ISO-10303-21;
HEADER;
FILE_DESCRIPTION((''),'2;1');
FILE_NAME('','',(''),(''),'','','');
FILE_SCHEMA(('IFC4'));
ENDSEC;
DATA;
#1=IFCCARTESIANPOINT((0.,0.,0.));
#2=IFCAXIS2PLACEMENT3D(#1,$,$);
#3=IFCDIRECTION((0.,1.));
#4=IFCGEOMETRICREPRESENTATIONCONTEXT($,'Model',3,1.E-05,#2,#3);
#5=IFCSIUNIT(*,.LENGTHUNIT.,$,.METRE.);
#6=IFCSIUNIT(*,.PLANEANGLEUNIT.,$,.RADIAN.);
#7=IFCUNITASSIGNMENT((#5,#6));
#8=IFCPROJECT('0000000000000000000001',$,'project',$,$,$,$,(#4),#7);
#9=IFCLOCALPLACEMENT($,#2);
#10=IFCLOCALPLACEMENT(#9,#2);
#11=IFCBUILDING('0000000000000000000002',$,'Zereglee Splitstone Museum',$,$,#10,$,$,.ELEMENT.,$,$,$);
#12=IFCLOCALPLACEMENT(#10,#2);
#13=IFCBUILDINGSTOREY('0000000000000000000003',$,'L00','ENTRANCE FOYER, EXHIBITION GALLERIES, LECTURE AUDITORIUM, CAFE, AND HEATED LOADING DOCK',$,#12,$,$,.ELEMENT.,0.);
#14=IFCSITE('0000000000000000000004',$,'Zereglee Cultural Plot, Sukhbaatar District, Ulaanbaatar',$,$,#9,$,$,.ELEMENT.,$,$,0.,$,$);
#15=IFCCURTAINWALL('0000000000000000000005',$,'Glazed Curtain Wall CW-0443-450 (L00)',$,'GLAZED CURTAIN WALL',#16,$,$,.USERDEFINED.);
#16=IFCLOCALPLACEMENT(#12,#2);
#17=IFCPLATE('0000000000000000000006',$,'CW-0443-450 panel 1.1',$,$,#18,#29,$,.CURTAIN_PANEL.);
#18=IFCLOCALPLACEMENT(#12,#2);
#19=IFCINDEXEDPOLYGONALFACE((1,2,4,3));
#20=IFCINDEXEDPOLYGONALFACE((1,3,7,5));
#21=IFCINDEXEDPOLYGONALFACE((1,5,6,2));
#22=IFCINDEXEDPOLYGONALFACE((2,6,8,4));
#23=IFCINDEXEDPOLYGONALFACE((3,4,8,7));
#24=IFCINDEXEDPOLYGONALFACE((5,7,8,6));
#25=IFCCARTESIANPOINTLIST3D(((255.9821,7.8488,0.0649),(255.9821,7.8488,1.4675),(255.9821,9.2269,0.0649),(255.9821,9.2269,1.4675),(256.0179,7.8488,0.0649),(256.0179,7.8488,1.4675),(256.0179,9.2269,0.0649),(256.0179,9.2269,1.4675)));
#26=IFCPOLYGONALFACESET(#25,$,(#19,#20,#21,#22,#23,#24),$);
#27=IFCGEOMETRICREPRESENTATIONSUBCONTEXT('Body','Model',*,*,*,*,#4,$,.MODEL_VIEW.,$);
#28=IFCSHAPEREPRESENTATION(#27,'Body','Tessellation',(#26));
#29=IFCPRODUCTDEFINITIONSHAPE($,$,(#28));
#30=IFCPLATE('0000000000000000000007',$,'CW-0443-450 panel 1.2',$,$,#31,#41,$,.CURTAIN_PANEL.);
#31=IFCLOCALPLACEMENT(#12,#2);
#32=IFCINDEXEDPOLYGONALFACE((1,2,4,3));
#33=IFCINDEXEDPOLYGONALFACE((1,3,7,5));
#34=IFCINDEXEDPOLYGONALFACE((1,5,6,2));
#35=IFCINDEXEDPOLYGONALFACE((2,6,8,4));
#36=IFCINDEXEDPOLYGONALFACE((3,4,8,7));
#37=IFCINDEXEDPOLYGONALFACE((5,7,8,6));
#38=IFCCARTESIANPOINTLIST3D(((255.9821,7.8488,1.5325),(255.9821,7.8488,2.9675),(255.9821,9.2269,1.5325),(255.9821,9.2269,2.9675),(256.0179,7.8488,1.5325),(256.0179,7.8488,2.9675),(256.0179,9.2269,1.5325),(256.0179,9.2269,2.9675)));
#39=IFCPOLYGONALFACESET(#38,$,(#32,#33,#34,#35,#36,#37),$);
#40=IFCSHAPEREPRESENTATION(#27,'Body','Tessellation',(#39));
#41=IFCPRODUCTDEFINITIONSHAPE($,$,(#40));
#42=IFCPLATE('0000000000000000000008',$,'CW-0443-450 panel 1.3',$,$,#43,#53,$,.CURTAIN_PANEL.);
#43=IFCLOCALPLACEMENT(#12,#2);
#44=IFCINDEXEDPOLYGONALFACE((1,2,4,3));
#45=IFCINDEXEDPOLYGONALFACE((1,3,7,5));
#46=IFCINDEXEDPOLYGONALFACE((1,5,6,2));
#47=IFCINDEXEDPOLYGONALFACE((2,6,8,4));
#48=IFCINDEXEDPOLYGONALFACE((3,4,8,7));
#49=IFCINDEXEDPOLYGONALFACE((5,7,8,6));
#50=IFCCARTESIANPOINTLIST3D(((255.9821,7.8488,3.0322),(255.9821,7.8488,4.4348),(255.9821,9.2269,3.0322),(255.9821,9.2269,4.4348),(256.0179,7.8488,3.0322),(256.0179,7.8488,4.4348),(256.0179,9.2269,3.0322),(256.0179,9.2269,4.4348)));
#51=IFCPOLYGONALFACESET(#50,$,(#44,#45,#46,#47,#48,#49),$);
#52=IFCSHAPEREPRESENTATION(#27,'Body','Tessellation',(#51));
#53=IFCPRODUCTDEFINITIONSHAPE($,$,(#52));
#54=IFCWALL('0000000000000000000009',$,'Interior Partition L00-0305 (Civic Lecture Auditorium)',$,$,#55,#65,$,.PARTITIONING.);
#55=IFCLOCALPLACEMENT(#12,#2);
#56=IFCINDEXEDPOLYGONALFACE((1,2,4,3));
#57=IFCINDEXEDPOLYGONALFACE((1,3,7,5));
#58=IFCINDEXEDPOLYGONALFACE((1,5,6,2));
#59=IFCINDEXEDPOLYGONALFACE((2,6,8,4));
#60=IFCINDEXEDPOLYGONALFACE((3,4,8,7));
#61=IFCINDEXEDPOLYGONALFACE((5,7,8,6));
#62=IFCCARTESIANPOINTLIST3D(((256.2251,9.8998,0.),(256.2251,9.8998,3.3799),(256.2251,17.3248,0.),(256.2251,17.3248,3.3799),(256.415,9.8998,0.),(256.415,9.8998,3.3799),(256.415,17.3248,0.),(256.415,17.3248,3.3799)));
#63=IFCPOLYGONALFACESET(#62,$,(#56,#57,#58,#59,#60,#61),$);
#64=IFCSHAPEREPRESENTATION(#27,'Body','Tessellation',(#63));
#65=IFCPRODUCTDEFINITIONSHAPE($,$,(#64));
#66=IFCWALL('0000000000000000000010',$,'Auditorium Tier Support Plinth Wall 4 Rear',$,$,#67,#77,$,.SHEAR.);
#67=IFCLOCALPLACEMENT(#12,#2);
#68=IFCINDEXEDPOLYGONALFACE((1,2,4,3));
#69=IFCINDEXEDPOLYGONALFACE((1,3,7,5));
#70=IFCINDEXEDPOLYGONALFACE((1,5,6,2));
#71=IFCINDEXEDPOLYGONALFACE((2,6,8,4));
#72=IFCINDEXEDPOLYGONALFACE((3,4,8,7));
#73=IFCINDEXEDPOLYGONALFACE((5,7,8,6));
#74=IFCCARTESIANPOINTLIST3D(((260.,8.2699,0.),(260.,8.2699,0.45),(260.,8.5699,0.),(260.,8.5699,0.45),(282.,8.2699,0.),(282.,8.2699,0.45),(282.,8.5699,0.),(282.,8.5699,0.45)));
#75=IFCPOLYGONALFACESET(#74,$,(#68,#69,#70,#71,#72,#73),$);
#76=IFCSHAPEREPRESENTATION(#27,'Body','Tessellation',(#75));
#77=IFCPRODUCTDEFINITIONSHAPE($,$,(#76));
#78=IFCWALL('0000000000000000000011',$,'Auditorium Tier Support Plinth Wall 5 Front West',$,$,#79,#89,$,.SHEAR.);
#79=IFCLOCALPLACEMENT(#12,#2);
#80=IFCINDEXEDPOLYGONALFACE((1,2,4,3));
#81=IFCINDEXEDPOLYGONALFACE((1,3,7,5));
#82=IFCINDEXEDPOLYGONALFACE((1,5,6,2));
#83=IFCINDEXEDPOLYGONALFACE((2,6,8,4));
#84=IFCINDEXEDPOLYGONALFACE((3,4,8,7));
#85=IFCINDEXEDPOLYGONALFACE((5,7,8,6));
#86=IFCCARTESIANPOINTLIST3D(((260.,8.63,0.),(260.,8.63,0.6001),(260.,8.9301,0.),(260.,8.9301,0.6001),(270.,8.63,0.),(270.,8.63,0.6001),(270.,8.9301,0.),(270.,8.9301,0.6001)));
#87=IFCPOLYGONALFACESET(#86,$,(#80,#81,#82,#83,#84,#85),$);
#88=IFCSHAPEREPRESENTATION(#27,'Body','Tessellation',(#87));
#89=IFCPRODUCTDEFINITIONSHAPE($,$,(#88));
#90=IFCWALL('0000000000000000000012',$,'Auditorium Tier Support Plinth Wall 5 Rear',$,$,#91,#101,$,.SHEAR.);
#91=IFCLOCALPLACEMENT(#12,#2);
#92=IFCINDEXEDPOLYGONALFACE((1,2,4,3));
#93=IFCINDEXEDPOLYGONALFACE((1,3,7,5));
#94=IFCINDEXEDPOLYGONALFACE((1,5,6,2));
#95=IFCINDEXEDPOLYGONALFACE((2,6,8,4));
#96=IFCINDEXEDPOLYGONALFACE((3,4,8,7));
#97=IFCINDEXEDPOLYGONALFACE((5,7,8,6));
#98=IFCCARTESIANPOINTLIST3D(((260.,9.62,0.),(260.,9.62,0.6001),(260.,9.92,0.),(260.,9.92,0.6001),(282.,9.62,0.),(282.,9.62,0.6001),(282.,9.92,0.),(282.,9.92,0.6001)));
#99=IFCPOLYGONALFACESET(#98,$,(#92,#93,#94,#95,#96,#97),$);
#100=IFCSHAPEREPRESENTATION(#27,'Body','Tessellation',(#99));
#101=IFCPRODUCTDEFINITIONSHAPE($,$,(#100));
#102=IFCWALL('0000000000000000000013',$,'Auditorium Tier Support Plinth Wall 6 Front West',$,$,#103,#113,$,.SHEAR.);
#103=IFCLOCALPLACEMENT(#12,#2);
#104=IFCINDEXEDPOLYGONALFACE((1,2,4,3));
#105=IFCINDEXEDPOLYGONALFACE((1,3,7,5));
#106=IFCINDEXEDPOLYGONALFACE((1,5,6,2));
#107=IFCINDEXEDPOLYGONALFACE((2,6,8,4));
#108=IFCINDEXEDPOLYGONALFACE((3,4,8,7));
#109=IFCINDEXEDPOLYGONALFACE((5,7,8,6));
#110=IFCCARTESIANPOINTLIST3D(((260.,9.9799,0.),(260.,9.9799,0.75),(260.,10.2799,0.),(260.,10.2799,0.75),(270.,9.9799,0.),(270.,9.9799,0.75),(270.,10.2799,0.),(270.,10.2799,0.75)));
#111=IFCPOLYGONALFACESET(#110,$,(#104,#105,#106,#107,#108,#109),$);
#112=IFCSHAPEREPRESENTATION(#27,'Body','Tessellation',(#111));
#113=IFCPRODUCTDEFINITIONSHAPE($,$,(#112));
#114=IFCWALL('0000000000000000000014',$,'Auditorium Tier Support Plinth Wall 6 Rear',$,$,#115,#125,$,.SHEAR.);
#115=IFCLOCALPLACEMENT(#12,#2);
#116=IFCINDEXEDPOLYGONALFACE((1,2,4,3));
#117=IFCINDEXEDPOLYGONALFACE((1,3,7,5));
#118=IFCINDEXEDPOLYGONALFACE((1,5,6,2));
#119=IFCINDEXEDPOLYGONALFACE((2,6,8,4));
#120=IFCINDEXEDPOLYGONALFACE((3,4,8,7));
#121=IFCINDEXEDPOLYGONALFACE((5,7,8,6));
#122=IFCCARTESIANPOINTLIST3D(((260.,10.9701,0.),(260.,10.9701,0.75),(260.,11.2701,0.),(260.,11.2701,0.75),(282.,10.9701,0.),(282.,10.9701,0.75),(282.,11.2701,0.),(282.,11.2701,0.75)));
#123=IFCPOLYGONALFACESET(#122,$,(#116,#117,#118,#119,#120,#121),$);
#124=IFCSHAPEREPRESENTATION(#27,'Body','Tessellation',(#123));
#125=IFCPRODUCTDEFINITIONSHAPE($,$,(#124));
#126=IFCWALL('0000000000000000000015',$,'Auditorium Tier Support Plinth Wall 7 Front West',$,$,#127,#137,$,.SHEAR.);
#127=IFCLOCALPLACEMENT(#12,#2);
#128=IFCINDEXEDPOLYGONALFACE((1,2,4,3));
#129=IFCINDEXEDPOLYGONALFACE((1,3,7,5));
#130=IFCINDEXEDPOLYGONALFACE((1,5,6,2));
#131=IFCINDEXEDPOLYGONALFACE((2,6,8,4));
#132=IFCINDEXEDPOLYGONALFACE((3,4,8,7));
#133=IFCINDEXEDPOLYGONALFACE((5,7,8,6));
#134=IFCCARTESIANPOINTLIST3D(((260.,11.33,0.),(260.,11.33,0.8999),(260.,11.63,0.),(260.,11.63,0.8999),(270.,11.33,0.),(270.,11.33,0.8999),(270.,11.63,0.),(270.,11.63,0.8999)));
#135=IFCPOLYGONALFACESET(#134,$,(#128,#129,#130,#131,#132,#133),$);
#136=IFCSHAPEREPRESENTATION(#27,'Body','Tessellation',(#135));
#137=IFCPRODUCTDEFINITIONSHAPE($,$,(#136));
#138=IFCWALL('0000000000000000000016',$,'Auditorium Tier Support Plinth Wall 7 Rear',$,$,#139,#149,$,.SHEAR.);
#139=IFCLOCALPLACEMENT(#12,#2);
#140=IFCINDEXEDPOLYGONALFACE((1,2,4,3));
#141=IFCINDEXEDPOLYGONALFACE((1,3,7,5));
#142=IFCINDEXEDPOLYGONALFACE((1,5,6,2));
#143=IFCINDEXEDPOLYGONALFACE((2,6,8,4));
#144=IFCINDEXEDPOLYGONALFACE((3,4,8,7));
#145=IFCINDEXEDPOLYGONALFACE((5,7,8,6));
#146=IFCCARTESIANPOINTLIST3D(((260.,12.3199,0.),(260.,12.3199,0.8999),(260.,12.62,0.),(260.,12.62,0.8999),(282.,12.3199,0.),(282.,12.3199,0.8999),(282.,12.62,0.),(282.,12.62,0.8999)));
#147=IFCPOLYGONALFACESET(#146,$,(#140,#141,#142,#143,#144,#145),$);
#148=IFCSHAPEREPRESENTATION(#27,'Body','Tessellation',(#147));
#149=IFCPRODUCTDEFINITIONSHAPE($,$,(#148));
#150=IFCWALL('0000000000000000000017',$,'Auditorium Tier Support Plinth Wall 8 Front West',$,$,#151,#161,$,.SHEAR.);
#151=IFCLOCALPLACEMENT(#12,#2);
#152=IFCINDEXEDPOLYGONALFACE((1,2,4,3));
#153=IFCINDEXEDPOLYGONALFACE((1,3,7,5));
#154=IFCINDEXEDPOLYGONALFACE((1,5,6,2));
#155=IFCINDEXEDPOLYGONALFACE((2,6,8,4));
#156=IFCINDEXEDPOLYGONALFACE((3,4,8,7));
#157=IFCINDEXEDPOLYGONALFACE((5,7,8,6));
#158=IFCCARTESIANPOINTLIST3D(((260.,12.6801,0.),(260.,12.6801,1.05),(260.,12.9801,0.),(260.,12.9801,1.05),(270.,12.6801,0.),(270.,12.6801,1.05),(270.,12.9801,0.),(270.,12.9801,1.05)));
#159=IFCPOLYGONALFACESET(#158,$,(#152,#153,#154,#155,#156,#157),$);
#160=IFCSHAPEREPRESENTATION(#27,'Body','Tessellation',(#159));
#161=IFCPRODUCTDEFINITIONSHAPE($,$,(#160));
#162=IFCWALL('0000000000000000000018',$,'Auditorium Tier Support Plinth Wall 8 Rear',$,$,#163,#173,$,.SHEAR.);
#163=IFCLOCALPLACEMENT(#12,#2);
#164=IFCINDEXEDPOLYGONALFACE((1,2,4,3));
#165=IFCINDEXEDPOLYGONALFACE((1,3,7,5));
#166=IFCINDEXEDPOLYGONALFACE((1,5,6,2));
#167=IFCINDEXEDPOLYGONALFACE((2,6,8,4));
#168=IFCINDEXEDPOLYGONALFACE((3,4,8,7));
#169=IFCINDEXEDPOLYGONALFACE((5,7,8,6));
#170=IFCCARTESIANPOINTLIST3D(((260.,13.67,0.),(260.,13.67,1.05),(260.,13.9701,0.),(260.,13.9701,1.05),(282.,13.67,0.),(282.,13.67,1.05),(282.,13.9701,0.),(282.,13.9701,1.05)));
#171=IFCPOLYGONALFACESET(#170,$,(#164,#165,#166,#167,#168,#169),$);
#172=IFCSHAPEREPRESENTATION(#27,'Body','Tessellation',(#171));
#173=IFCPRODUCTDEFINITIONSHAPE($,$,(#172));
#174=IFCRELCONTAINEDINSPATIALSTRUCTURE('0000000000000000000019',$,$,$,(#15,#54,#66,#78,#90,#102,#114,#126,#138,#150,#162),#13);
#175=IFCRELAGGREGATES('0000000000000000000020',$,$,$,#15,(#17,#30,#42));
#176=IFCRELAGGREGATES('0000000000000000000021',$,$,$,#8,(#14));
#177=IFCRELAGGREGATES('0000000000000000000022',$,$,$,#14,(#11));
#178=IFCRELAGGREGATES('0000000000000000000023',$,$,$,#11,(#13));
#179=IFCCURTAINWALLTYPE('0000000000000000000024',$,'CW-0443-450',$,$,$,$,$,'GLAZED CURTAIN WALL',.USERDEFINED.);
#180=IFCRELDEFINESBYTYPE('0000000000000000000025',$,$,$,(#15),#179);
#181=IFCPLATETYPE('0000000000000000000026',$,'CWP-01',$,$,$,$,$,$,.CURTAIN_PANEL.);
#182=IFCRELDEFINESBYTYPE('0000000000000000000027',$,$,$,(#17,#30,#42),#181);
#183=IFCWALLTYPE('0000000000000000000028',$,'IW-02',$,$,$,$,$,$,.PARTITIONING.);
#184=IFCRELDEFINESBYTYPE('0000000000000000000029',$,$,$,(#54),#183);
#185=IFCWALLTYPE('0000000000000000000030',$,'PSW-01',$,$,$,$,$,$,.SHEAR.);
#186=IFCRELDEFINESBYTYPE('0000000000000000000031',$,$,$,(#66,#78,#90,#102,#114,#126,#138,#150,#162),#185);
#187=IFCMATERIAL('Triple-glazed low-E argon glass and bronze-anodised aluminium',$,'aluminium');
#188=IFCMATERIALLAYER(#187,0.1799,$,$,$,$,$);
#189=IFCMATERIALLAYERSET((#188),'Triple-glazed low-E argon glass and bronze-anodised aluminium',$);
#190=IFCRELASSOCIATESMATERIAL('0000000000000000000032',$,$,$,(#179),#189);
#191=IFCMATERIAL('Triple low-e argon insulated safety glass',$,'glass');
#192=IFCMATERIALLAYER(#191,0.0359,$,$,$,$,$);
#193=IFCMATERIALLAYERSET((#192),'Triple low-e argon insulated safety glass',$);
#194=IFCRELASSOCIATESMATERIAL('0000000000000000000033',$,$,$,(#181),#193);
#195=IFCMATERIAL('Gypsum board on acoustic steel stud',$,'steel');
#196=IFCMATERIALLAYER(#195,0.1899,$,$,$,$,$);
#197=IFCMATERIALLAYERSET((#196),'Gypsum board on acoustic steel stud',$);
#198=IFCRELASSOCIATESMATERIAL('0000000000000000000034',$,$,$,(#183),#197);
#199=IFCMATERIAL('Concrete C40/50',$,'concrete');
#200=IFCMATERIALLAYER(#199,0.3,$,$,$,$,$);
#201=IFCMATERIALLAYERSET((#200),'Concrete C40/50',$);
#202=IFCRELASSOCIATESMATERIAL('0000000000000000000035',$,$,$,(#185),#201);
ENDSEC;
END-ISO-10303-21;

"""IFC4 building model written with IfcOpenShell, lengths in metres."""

from ifc_helpers import new_model, si_unit, direction, frame, frame_2d, origin, origin_2d, place, context, subcontext, project, spatial, rectangle, extrude, material, layer, layer_set, type_object, element, aggregate, save


model = new_model("IFC4")

# Units and contexts
model_context = context("Model", 3, precision=1e-05, world=origin(), true_north=direction((0.0, 1.0)))
body_context = subcontext(model_context, "Body", "Model", "MODEL_VIEW")
ifc_project = project(units=[si_unit("LENGTHUNIT", "METRE"), si_unit("PLANEANGLEUNIT", "RADIAN")], contexts=[model_context])

# Site, building, storey
site_placement = place(None, origin())
site = spatial("IfcSite", under=ifc_project, at=site_placement, Name="Zereglee Cultural Plot, Sukhbaatar District, Ulaanbaatar", CompositionType="ELEMENT", RefElevation=0.0)
building_placement = place(site_placement, origin())
building = spatial("IfcBuilding", under=site, at=building_placement, Name="Zereglee Splitstone Museum", CompositionType="ELEMENT")
storey_placement = place(building_placement, origin())
storey = spatial("IfcBuildingStorey", under=building, at=storey_placement, Name="L00", Description="ENTRANCE FOYER, EXHIBITION GALLERIES, LECTURE AUDITORIUM, CAFE, AND HEATED LOADING DOCK", CompositionType="ELEMENT", Elevation=0.0)

# Curtain wall
ifc_material_1 = material(Name="Triple-glazed low-E argon glass and bronze-anodised aluminium", Category="aluminium")
ifc_layer_1 = layer(ifc_material_1, 0.1799)
ifc_layer_set_1 = layer_set([ifc_layer_1], Name="Triple-glazed low-E argon glass and bronze-anodised aluminium")
curtain_wall_type_1 = type_object("IfcCurtainWallType", Name="CW-0443-450", ElementType="GLAZED CURTAIN WALL", PredefinedType="USERDEFINED", material=ifc_layer_set_1)
curtain_wall_1_placement = place(storey_placement, origin())
curtain_wall_1 = element("IfcCurtainWall", 1, at=curtain_wall_1_placement, inside=storey, type_object=curtain_wall_type_1, Name="Glazed Curtain Wall CW-0443-450 (L00)", ObjectType="GLAZED CURTAIN WALL", PredefinedType="USERDEFINED")

# Plates
ifc_material_2 = material(Name="Triple low-e argon insulated safety glass", Category="glass")
ifc_layer_2 = layer(ifc_material_2, 0.0359)
ifc_layer_set_2 = layer_set([ifc_layer_2], Name="Triple low-e argon insulated safety glass")
plate_type = type_object("IfcPlateType", Name="CWP-01", PredefinedType="CURTAIN_PANEL", material=ifc_layer_set_2)
plate_1_placement = place(storey_placement, frame((256.0, 8.5378, 0.0649), z_axis=(0.0, 0.0, 1.0), x_axis=(0.0, -1.0, 0.0)))
plate_1 = element("IfcPlate", 2, at=plate_1_placement, type_object=plate_type, Name="CW-0443-450 panel 1.1", PredefinedType="CURTAIN_PANEL", context=body_context, shape_type="SweptSolid", body=[
    extrude(rectangle(XDim=1.3782, YDim=0.0359, at=origin_2d()), origin(), (0.0, 0.0, 1.0), 1.4026),
])
plate_2_placement = place(storey_placement, frame((256.0, 8.5378, 1.5325), z_axis=(0.0, 0.0, 1.0), x_axis=(0.0, -1.0, 0.0)))
plate_2 = element("IfcPlate", 3, at=plate_2_placement, type_object=plate_type, Name="CW-0443-450 panel 1.2", PredefinedType="CURTAIN_PANEL", context=body_context, shape_type="SweptSolid", body=[
    extrude(rectangle(XDim=1.3782, YDim=0.0359, at=origin_2d()), origin(), (0.0, 0.0, 1.0), 1.4351),
])
plate_3_placement = place(storey_placement, frame((256.0, 8.5378, 3.0322), z_axis=(0.0, 0.0, 1.0), x_axis=(0.0, -1.0, 0.0)))
plate_3 = element("IfcPlate", 4, at=plate_3_placement, type_object=plate_type, Name="CW-0443-450 panel 1.3", PredefinedType="CURTAIN_PANEL", context=body_context, shape_type="SweptSolid", body=[
    extrude(rectangle(XDim=1.3782, YDim=0.0359, at=origin_2d()), origin(), (0.0, 0.0, 1.0), 1.4026),
])
aggregate(curtain_wall_1, [plate_1, plate_2, plate_3])

# Walls
ifc_material_3 = material(Name="Gypsum board on acoustic steel stud", Category="steel")
ifc_layer_3 = layer(ifc_material_3, 0.1899)
ifc_layer_set_3 = layer_set([ifc_layer_3], Name="Gypsum board on acoustic steel stud")
wall_type_1 = type_object("IfcWallType", Name="IW-02", PredefinedType="PARTITIONING", material=ifc_layer_set_3)
wall_1_placement = place(storey_placement, frame((256.3201, 9.8999, 0.0), z_axis=(0.0, 0.0, 1.0), x_axis=(0.0, 1.0, 0.0)))
element("IfcWall", 5, at=wall_1_placement, inside=storey, type_object=wall_type_1, Name="Interior Partition L00-0305 (Civic Lecture Auditorium)", PredefinedType="PARTITIONING", context=body_context, shape_type="SweptSolid", body=[
    extrude(rectangle(XDim=7.425, YDim=0.1899, at=frame_2d((3.7124, 0.0))), origin(), (0.0, 0.0, 1.0), 3.3799),
])
ifc_material_4 = material(Name="Concrete C40/50", Category="concrete")
ifc_layer_4 = layer(ifc_material_4, 0.3)
ifc_layer_set_4 = layer_set([ifc_layer_4], Name="Concrete C40/50")
wall_type_2 = type_object("IfcWallType", Name="PSW-01", PredefinedType="SHEAR", material=ifc_layer_set_4)
wall_2_placement = place(storey_placement, frame((260.0, 8.4199, 0.0), z_axis=(0.0, 0.0, 1.0), x_axis=(1.0, 0.0, 0.0)))
element("IfcWall", 6, at=wall_2_placement, inside=storey, type_object=wall_type_2, Name="Auditorium Tier Support Plinth Wall 4 Rear", PredefinedType="SHEAR", context=body_context, shape_type="SweptSolid", body=[
    extrude(rectangle(XDim=22.0, YDim=0.3, at=frame_2d((11.0, 0.0))), origin(), (0.0, 0.0, 1.0), 0.45),
])
wall_3_placement = place(storey_placement, frame((260.0, 8.78, 0.0), z_axis=(0.0, 0.0, 1.0), x_axis=(1.0, 0.0, 0.0)))
element("IfcWall", 7, at=wall_3_placement, inside=storey, type_object=wall_type_2, Name="Auditorium Tier Support Plinth Wall 5 Front West", PredefinedType="SHEAR", context=body_context, shape_type="SweptSolid", body=[
    extrude(rectangle(XDim=10.0, YDim=0.3, at=frame_2d((5.0, 0.0))), origin(), (0.0, 0.0, 1.0), 0.6001),
])
wall_4_placement = place(storey_placement, frame((260.0, 9.77, 0.0), z_axis=(0.0, 0.0, 1.0), x_axis=(1.0, 0.0, 0.0)))
element("IfcWall", 8, at=wall_4_placement, inside=storey, type_object=wall_type_2, Name="Auditorium Tier Support Plinth Wall 5 Rear", PredefinedType="SHEAR", context=body_context, shape_type="SweptSolid", body=[
    extrude(rectangle(XDim=22.0, YDim=0.3, at=frame_2d((11.0, 0.0))), origin(), (0.0, 0.0, 1.0), 0.6001),
])
wall_5_placement = place(storey_placement, frame((260.0, 10.1299, 0.0), z_axis=(0.0, 0.0, 1.0), x_axis=(1.0, 0.0, 0.0)))
element("IfcWall", 9, at=wall_5_placement, inside=storey, type_object=wall_type_2, Name="Auditorium Tier Support Plinth Wall 6 Front West", PredefinedType="SHEAR", context=body_context, shape_type="SweptSolid", body=[
    extrude(rectangle(XDim=10.0, YDim=0.3, at=frame_2d((5.0, 0.0))), origin(), (0.0, 0.0, 1.0), 0.75),
])
wall_6_placement = place(storey_placement, frame((260.0, 11.1201, 0.0), z_axis=(0.0, 0.0, 1.0), x_axis=(1.0, 0.0, 0.0)))
element("IfcWall", 10, at=wall_6_placement, inside=storey, type_object=wall_type_2, Name="Auditorium Tier Support Plinth Wall 6 Rear", PredefinedType="SHEAR", context=body_context, shape_type="SweptSolid", body=[
    extrude(rectangle(XDim=22.0, YDim=0.3, at=frame_2d((11.0, 0.0))), origin(), (0.0, 0.0, 1.0), 0.75),
])
wall_7_placement = place(storey_placement, frame((260.0, 11.48, 0.0), z_axis=(0.0, 0.0, 1.0), x_axis=(1.0, 0.0, 0.0)))
element("IfcWall", 11, at=wall_7_placement, inside=storey, type_object=wall_type_2, Name="Auditorium Tier Support Plinth Wall 7 Front West", PredefinedType="SHEAR", context=body_context, shape_type="SweptSolid", body=[
    extrude(rectangle(XDim=10.0, YDim=0.3, at=frame_2d((5.0, 0.0))), origin(), (0.0, 0.0, 1.0), 0.8999),
])
wall_8_placement = place(storey_placement, frame((260.0, 12.47, 0.0), z_axis=(0.0, 0.0, 1.0), x_axis=(1.0, 0.0, 0.0)))
element("IfcWall", 12, at=wall_8_placement, inside=storey, type_object=wall_type_2, Name="Auditorium Tier Support Plinth Wall 7 Rear", PredefinedType="SHEAR", context=body_context, shape_type="SweptSolid", body=[
    extrude(rectangle(XDim=22.0, YDim=0.3, at=frame_2d((11.0, 0.0))), origin(), (0.0, 0.0, 1.0), 0.8999),
])
wall_9_placement = place(storey_placement, frame((260.0, 12.8301, 0.0), z_axis=(0.0, 0.0, 1.0), x_axis=(1.0, 0.0, 0.0)))
element("IfcWall", 13, at=wall_9_placement, inside=storey, type_object=wall_type_2, Name="Auditorium Tier Support Plinth Wall 8 Front West", PredefinedType="SHEAR", context=body_context, shape_type="SweptSolid", body=[
    extrude(rectangle(XDim=10.0, YDim=0.3, at=frame_2d((5.0, 0.0))), origin(), (0.0, 0.0, 1.0), 1.05),
])
wall_10_placement = place(storey_placement, frame((260.0, 13.8201, 0.0), z_axis=(0.0, 0.0, 1.0), x_axis=(1.0, 0.0, 0.0)))
element("IfcWall", 14, at=wall_10_placement, inside=storey, type_object=wall_type_2, Name="Auditorium Tier Support Plinth Wall 8 Rear", PredefinedType="SHEAR", context=body_context, shape_type="SweptSolid", body=[
    extrude(rectangle(XDim=22.0, YDim=0.3, at=frame_2d((11.0, 0.0))), origin(), (0.0, 0.0, 1.0), 1.05),
])

save(model, "model.ifc")
